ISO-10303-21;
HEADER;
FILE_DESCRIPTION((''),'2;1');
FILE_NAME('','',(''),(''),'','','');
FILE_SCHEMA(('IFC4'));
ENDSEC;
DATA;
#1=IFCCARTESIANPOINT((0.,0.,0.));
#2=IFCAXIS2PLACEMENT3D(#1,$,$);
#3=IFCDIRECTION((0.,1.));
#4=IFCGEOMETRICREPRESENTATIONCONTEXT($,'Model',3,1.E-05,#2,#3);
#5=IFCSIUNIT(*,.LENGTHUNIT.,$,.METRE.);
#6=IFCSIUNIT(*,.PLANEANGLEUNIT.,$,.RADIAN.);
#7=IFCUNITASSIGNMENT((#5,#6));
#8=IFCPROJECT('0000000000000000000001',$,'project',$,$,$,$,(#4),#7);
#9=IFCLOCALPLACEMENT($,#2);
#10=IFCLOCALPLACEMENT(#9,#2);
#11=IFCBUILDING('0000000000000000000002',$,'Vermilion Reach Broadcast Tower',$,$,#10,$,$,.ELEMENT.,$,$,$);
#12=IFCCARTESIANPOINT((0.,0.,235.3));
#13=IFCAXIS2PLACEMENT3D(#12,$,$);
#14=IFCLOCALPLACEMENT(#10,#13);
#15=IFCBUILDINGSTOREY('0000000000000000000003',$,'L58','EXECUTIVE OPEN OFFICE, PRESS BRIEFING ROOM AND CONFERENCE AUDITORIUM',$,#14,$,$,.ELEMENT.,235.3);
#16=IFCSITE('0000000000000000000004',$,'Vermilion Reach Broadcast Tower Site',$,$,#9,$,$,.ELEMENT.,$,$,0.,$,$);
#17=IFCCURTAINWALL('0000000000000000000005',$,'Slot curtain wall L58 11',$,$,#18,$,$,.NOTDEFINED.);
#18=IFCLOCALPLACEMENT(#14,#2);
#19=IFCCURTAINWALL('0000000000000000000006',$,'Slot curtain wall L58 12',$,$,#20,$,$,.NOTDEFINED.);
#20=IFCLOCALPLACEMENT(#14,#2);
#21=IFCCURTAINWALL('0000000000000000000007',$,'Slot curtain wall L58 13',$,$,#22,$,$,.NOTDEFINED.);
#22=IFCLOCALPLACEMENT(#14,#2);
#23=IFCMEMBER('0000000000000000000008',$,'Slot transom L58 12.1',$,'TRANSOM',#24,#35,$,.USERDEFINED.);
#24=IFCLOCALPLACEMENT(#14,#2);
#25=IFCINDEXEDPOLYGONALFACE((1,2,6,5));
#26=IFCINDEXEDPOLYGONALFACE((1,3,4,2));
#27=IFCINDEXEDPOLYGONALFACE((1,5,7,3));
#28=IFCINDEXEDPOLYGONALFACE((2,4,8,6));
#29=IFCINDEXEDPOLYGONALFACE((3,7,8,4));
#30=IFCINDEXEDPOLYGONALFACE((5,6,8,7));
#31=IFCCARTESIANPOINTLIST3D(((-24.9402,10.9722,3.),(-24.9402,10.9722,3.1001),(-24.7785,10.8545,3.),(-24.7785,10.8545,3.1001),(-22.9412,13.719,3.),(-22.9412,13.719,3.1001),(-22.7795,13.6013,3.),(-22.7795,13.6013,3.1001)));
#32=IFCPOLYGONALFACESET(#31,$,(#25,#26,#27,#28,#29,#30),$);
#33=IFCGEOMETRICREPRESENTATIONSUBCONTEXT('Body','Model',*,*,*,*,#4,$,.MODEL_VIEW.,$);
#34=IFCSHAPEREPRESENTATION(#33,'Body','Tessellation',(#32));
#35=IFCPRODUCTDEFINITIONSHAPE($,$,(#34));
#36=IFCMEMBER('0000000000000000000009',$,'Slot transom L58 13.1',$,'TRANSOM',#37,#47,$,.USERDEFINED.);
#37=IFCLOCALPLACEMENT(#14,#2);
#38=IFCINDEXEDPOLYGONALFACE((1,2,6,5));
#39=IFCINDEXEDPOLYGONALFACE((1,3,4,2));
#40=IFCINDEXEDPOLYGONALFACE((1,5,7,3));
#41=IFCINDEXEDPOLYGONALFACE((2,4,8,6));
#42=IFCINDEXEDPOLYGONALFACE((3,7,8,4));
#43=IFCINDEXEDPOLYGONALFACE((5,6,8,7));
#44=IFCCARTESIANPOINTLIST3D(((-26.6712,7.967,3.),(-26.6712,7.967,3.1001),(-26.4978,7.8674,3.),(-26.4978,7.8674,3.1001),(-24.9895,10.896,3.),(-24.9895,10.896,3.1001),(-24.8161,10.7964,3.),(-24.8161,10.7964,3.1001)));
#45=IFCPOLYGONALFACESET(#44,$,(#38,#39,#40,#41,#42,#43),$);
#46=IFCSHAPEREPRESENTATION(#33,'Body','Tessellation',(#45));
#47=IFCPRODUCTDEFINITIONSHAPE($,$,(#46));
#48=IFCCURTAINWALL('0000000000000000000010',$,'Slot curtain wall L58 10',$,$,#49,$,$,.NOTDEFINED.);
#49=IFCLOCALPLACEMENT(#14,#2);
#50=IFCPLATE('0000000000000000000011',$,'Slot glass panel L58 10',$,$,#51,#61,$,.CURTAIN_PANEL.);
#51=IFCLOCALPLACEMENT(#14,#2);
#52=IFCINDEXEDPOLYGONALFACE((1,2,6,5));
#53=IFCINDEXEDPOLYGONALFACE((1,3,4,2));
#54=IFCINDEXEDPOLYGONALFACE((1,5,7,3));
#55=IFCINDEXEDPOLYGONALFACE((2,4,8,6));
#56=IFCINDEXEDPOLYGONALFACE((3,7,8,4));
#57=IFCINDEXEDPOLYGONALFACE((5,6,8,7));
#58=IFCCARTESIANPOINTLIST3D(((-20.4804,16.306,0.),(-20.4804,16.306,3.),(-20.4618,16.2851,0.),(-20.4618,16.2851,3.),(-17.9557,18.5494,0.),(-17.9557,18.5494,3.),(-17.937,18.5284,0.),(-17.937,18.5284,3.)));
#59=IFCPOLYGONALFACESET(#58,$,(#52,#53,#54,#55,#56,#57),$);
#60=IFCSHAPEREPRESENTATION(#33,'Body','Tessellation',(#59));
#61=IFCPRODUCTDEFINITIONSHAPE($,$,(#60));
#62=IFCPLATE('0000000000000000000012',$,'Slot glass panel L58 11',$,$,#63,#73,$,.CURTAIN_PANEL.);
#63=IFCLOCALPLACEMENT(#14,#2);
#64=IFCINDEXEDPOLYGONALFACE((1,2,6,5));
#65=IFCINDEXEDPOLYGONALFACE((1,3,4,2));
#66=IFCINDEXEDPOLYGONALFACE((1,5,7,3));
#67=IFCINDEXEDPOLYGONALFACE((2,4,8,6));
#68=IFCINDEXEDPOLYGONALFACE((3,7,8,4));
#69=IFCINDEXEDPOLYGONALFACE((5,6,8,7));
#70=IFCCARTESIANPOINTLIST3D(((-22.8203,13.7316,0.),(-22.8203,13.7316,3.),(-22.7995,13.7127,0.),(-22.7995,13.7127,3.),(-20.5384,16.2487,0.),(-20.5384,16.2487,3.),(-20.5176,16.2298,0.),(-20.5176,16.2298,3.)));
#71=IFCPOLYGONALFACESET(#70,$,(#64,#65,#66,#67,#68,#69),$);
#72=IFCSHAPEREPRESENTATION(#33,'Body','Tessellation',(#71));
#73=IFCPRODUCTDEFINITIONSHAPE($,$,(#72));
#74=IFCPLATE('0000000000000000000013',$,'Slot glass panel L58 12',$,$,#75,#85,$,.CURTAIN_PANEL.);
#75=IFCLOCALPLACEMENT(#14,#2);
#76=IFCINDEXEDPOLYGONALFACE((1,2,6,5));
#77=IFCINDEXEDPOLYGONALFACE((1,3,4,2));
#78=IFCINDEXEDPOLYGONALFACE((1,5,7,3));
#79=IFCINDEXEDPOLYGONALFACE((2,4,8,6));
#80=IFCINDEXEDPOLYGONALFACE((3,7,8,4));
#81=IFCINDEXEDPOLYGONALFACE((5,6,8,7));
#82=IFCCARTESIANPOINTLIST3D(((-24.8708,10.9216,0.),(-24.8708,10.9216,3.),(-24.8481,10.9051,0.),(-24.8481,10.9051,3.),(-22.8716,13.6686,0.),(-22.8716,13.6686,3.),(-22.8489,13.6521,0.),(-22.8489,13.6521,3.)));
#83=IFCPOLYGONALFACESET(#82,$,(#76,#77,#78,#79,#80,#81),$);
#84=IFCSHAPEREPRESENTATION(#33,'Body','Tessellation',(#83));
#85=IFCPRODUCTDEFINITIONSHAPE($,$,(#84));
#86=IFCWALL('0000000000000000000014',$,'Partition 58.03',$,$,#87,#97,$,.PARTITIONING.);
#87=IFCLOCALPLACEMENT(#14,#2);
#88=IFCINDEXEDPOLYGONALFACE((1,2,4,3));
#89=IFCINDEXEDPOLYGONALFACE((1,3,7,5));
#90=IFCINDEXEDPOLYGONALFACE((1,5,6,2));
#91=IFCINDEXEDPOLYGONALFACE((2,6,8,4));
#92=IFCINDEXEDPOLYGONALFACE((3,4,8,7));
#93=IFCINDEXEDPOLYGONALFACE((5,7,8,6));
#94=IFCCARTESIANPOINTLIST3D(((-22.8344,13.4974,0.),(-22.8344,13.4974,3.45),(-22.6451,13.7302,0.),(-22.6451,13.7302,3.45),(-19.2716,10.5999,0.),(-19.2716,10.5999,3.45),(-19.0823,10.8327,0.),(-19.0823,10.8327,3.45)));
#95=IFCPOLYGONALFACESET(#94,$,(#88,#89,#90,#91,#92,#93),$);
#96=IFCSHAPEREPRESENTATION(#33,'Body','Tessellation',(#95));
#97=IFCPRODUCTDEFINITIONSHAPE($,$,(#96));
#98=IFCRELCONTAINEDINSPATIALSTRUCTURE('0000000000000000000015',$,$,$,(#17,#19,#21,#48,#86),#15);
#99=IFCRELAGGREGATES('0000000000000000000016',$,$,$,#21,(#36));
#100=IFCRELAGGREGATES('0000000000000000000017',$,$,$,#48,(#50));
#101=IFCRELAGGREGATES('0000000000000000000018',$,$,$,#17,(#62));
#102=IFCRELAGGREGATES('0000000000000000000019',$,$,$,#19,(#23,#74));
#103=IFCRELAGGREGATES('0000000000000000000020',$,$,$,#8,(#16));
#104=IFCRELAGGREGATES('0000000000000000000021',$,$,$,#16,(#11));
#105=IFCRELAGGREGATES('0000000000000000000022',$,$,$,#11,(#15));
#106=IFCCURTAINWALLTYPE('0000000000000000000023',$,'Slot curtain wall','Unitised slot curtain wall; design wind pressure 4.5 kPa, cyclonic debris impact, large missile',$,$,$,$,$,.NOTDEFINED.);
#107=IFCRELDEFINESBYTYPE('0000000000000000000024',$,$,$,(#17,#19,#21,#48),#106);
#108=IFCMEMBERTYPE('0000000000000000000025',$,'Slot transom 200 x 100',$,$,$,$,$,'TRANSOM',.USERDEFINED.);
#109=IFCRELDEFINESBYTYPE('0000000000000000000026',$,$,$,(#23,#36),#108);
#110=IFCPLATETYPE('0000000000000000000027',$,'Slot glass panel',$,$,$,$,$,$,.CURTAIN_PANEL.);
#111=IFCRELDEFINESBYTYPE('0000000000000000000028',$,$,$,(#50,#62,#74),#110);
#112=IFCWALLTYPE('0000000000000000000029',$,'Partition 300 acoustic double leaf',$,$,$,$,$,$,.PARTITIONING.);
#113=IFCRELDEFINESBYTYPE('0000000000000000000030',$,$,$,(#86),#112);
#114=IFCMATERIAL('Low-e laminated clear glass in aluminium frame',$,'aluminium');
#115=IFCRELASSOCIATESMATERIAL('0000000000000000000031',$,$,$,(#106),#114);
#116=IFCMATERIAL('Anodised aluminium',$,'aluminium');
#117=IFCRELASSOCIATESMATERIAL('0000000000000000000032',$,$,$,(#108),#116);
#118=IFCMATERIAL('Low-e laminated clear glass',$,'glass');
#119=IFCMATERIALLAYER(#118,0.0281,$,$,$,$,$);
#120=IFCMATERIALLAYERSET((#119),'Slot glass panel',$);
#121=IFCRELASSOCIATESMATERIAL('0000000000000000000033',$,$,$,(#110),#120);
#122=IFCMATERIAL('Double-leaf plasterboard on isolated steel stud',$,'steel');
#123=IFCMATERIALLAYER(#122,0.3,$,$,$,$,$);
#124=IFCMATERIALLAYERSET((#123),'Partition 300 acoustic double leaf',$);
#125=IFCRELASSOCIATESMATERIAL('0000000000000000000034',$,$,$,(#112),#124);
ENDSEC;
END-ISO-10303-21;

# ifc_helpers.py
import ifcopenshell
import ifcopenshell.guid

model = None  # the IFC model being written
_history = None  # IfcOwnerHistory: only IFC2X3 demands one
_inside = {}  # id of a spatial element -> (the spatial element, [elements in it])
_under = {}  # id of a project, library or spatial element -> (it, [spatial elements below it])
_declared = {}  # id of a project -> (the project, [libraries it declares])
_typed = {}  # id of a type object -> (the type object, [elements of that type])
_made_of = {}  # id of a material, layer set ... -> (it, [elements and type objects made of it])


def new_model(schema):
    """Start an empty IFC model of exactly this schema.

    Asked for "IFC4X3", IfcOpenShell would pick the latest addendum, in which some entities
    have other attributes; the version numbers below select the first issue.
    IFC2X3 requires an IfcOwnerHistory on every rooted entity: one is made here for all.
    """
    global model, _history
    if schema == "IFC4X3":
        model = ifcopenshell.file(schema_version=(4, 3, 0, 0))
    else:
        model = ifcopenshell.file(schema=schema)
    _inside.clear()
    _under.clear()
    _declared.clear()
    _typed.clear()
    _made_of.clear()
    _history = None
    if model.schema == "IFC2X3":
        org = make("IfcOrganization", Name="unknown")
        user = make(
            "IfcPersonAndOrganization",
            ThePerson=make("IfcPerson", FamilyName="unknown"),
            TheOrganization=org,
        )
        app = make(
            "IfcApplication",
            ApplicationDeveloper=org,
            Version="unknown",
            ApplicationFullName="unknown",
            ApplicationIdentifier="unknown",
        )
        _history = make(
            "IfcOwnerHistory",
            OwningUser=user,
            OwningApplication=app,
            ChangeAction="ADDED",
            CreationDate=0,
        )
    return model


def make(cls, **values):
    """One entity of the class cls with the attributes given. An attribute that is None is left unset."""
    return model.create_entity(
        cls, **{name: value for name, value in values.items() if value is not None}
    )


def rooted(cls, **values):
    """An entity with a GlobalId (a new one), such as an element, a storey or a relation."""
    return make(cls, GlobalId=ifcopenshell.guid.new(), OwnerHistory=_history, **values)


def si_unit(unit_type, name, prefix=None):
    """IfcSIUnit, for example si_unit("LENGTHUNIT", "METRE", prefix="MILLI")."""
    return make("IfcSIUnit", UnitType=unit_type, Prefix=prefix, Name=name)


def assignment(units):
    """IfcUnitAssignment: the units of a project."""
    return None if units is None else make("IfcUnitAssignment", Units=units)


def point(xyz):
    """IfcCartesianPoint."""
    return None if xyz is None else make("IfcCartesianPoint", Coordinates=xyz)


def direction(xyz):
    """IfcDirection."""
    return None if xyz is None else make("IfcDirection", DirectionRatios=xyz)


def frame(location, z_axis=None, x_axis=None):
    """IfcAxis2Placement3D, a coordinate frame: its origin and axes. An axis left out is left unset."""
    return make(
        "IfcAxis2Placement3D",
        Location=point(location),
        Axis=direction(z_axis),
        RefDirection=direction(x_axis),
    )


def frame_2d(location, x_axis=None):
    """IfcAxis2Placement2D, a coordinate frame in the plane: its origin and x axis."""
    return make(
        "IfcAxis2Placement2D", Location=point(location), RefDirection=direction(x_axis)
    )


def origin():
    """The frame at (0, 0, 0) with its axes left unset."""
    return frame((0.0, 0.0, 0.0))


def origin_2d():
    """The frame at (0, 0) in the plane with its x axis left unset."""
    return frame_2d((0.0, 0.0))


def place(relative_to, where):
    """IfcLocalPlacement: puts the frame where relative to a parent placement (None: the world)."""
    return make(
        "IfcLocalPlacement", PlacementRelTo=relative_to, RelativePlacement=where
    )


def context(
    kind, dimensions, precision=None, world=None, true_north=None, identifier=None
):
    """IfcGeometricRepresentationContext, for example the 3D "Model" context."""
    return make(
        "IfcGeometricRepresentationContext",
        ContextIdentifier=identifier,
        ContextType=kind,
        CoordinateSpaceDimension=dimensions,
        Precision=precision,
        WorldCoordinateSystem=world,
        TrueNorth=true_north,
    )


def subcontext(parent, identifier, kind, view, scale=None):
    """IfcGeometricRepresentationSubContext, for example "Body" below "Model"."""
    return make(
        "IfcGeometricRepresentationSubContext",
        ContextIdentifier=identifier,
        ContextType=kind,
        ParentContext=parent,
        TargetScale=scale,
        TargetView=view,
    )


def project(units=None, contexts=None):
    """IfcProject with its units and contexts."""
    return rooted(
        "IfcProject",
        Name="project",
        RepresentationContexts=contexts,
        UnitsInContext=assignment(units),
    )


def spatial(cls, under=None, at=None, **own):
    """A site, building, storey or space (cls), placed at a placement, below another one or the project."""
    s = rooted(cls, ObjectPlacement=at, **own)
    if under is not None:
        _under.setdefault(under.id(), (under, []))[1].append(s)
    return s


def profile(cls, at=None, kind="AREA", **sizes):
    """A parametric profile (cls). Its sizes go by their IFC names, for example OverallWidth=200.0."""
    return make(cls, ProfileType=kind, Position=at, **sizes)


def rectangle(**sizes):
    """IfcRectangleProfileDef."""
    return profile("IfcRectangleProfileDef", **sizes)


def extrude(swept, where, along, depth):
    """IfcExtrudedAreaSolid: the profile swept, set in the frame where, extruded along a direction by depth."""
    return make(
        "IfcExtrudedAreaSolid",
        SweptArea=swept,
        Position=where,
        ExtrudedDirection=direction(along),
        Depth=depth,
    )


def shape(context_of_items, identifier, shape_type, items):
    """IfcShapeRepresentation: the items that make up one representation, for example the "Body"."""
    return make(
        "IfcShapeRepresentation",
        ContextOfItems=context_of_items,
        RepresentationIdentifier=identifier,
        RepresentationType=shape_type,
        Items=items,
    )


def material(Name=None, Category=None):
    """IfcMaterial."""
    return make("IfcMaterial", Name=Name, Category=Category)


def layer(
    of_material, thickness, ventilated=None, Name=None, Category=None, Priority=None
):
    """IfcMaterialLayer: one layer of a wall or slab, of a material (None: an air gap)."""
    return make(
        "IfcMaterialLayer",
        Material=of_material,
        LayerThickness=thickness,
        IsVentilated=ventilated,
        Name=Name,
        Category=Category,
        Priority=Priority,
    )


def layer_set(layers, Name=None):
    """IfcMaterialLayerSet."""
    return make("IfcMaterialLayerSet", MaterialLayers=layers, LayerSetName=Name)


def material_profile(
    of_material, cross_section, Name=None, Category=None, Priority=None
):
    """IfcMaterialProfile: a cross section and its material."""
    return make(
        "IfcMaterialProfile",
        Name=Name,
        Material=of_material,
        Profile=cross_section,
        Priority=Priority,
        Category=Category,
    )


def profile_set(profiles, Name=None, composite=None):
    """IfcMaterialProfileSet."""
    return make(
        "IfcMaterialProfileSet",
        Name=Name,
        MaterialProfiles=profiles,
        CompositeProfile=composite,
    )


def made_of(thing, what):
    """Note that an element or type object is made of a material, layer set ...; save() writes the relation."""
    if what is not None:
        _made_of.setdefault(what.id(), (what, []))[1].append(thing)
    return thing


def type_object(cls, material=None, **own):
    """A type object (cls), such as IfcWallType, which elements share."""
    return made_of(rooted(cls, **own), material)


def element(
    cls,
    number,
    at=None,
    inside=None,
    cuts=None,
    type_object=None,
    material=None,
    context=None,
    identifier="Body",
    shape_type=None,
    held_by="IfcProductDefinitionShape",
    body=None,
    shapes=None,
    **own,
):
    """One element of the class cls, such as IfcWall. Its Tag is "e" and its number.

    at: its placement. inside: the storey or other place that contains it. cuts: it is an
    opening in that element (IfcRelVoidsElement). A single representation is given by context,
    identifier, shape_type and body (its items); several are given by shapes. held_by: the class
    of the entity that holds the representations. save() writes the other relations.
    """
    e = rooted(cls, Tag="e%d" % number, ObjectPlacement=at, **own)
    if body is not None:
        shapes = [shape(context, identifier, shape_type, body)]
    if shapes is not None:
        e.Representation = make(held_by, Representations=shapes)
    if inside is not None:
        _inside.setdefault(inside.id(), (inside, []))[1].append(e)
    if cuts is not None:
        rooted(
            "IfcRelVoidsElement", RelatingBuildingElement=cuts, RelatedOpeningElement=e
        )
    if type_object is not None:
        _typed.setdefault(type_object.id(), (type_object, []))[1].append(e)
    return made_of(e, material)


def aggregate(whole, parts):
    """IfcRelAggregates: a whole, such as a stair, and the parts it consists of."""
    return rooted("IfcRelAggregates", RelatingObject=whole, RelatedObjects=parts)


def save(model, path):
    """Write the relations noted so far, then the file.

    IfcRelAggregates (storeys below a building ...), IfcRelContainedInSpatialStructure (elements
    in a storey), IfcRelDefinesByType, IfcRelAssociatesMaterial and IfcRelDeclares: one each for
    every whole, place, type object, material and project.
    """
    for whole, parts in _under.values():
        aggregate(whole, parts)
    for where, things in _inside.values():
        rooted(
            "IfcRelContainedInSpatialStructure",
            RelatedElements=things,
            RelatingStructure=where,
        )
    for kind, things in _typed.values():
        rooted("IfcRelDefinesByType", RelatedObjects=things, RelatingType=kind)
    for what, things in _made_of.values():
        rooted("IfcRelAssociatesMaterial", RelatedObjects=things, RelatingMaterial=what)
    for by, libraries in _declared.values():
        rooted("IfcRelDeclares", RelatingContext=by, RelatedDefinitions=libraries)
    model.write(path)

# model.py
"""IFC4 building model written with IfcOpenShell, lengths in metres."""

from ifc_helpers import new_model, si_unit, direction, frame, frame_2d, origin, origin_2d, place, context, subcontext, project, spatial, rectangle, extrude, material, layer, layer_set, material_profile, profile_set, type_object, element, aggregate, save


model = new_model("IFC4")

# Units and contexts
model_context = context("Model", 3, precision=1e-05, world=origin(), true_north=direction((0.0, 1.0)))
body_context = subcontext(model_context, "Body", "Model", "MODEL_VIEW")
ifc_project = project(units=[si_unit("LENGTHUNIT", "METRE"), si_unit("PLANEANGLEUNIT", "RADIAN")], contexts=[model_context])

# Site, building, storey
site_placement = place(None, origin())
site = spatial("IfcSite", under=ifc_project, at=site_placement, Name="Vermilion Reach Broadcast Tower Site", CompositionType="ELEMENT", RefElevation=0.0)
building_placement = place(site_placement, origin())
building = spatial("IfcBuilding", under=site, at=building_placement, Name="Vermilion Reach Broadcast Tower", CompositionType="ELEMENT")
storey_placement = place(building_placement, frame((0.0, 0.0, 235.3)))
storey = spatial("IfcBuildingStorey", under=building, at=storey_placement, Name="L58", Description="EXECUTIVE OPEN OFFICE, PRESS BRIEFING ROOM AND CONFERENCE AUDITORIUM", CompositionType="ELEMENT", Elevation=235.3)

# Curtain walls
ifc_material_1 = material(Name="Low-e laminated clear glass in aluminium frame", Category="aluminium")
curtain_wall_type = type_object("IfcCurtainWallType", Name="Slot curtain wall", Description="Unitised slot curtain wall; design wind pressure 4.5 kPa, cyclonic debris impact, large missile", PredefinedType="NOTDEFINED", material=ifc_material_1)
placement = place(storey_placement, origin())
curtain_wall_1 = element("IfcCurtainWall", 1, at=placement, inside=storey, type_object=curtain_wall_type, Name="Slot curtain wall L58 11", PredefinedType="NOTDEFINED")
curtain_wall_2 = element("IfcCurtainWall", 2, at=placement, inside=storey, type_object=curtain_wall_type, Name="Slot curtain wall L58 12", PredefinedType="NOTDEFINED")
curtain_wall_3 = element("IfcCurtainWall", 3, at=placement, inside=storey, type_object=curtain_wall_type, Name="Slot curtain wall L58 13", PredefinedType="NOTDEFINED")

# Members
ifc_material_2 = material(Name="Anodised aluminium", Category="aluminium")
ifc_material_profile_1 = material_profile(ifc_material_2, rectangle(XDim=0.2, YDim=0.1001, at=origin_2d()), Name="Slot transom 200 x 100")
ifc_profile_set_1 = profile_set([ifc_material_profile_1], Name="Anodised aluminium")
member_type_1 = type_object("IfcMemberType", Name="Slot transom 200 x 100", ElementType="TRANSOM", PredefinedType="USERDEFINED", material=ifc_profile_set_1)
member_1_placement = place(storey_placement, frame((-22.8604, 13.6602, 3.05), z_axis=(-0.588428, -0.80855, 0.0), x_axis=(0.80855, -0.588428, 0.0)))
member_1 = element("IfcMember", 4, at=member_1_placement, type_object=member_type_1, Name="Slot transom L58 12.1", ObjectType="TRANSOM", PredefinedType="USERDEFINED", context=body_context, shape_type="SweptSolid", body=[
    extrude(rectangle(XDim=0.2, YDim=0.1001, at=origin_2d()), origin(), (0.0, 0.0, 1.0), 3.3972),
])
member_2_placement = place(storey_placement, frame((-24.9028, 10.8462, 3.05), z_axis=(-0.497913, -0.867227, 0.0), x_axis=(0.867227, -0.497913, 0.0)))
member_2 = element("IfcMember", 5, at=member_2_placement, type_object=member_type_1, Name="Slot transom L58 13.1", ObjectType="TRANSOM", PredefinedType="USERDEFINED", context=body_context, shape_type="SweptSolid", body=[
    extrude(rectangle(XDim=0.2, YDim=0.1001, at=origin_2d()), origin(), (0.0, 0.0, 1.0), 3.3774),
])
aggregate(curtain_wall_3, [member_2])

# Curtain wall, plate
curtain_wall_4 = element("IfcCurtainWall", 6, at=placement, inside=storey, type_object=curtain_wall_type, Name="Slot curtain wall L58 10", PredefinedType="NOTDEFINED")
ifc_material_3 = material(Name="Low-e laminated clear glass", Category="glass")
ifc_layer_1 = layer(ifc_material_3, 0.0281)
ifc_layer_set_1 = layer_set([ifc_layer_1], Name="Slot glass panel")
plate_type = type_object("IfcPlateType", Name="Slot glass panel", PredefinedType="CURTAIN_PANEL", material=ifc_layer_set_1)
plate_1_placement = place(storey_placement, frame((-19.2087, 17.4172, 0.0), z_axis=(0.0, 0.0, 1.0), x_axis=(-0.747538, -0.664219, 0.0)))
plate_1 = element("IfcPlate", 7, at=plate_1_placement, type_object=plate_type, Name="Slot glass panel L58 10", PredefinedType="CURTAIN_PANEL", context=body_context, shape_type="SweptSolid", body=[
    extrude(rectangle(XDim=3.3774, YDim=0.0281, at=origin_2d()), origin(), (0.0, 0.0, 1.0), 3.0),
])
aggregate(curtain_wall_4, [plate_1])

# Plates
plate_2_placement = place(storey_placement, frame((-21.6689, 14.9807, 0.0), z_axis=(0.0, 0.0, 1.0), x_axis=(-0.671647, -0.740871, 0.0)))
plate_2 = element("IfcPlate", 8, at=plate_2_placement, type_object=plate_type, Name="Slot glass panel L58 11", PredefinedType="CURTAIN_PANEL", context=body_context, shape_type="SweptSolid", body=[
    extrude(rectangle(XDim=3.3975, YDim=0.0281, at=origin_2d()), origin(), (0.0, 0.0, 1.0), 3.0),
])
aggregate(curtain_wall_1, [plate_2])
plate_3_placement = place(storey_placement, frame((-23.8599, 12.2869, 0.0), z_axis=(0.0, 0.0, 1.0), x_axis=(-0.58843, -0.808548, 0.0)))
plate_3 = element("IfcPlate", 9, at=plate_3_placement, type_object=plate_type, Name="Slot glass panel L58 12", PredefinedType="CURTAIN_PANEL", context=body_context, shape_type="SweptSolid", body=[
    extrude(rectangle(XDim=3.3975, YDim=0.0281, at=origin_2d()), origin(), (0.0, 0.0, 1.0), 3.0),
])
aggregate(curtain_wall_2, [member_1, plate_3])

# Wall
ifc_material_4 = material(Name="Double-leaf plasterboard on isolated steel stud", Category="steel")
ifc_layer_2 = layer(ifc_material_4, 0.3)
ifc_layer_set_2 = layer_set([ifc_layer_2], Name="Partition 300 acoustic double leaf")
wall_type = type_object("IfcWallType", Name="Partition 300 acoustic double leaf", PredefinedType="PARTITIONING", material=ifc_layer_set_2)
wall_placement = place(storey_placement, frame((-22.7397, 13.6138, 0.0), z_axis=(0.0, 0.0, 1.0), x_axis=(0.775823, -0.630951, 0.0)))
element("IfcWall", 10, at=wall_placement, inside=storey, type_object=wall_type, Name="Partition 58.03", PredefinedType="PARTITIONING", context=body_context, shape_type="SweptSolid", body=[
    extrude(rectangle(XDim=4.5923, YDim=0.3, at=frame_2d((2.2961, 0.0))), origin(), (0.0, 0.0, 1.0), 3.45),
])

save(model, "model.ifc")
